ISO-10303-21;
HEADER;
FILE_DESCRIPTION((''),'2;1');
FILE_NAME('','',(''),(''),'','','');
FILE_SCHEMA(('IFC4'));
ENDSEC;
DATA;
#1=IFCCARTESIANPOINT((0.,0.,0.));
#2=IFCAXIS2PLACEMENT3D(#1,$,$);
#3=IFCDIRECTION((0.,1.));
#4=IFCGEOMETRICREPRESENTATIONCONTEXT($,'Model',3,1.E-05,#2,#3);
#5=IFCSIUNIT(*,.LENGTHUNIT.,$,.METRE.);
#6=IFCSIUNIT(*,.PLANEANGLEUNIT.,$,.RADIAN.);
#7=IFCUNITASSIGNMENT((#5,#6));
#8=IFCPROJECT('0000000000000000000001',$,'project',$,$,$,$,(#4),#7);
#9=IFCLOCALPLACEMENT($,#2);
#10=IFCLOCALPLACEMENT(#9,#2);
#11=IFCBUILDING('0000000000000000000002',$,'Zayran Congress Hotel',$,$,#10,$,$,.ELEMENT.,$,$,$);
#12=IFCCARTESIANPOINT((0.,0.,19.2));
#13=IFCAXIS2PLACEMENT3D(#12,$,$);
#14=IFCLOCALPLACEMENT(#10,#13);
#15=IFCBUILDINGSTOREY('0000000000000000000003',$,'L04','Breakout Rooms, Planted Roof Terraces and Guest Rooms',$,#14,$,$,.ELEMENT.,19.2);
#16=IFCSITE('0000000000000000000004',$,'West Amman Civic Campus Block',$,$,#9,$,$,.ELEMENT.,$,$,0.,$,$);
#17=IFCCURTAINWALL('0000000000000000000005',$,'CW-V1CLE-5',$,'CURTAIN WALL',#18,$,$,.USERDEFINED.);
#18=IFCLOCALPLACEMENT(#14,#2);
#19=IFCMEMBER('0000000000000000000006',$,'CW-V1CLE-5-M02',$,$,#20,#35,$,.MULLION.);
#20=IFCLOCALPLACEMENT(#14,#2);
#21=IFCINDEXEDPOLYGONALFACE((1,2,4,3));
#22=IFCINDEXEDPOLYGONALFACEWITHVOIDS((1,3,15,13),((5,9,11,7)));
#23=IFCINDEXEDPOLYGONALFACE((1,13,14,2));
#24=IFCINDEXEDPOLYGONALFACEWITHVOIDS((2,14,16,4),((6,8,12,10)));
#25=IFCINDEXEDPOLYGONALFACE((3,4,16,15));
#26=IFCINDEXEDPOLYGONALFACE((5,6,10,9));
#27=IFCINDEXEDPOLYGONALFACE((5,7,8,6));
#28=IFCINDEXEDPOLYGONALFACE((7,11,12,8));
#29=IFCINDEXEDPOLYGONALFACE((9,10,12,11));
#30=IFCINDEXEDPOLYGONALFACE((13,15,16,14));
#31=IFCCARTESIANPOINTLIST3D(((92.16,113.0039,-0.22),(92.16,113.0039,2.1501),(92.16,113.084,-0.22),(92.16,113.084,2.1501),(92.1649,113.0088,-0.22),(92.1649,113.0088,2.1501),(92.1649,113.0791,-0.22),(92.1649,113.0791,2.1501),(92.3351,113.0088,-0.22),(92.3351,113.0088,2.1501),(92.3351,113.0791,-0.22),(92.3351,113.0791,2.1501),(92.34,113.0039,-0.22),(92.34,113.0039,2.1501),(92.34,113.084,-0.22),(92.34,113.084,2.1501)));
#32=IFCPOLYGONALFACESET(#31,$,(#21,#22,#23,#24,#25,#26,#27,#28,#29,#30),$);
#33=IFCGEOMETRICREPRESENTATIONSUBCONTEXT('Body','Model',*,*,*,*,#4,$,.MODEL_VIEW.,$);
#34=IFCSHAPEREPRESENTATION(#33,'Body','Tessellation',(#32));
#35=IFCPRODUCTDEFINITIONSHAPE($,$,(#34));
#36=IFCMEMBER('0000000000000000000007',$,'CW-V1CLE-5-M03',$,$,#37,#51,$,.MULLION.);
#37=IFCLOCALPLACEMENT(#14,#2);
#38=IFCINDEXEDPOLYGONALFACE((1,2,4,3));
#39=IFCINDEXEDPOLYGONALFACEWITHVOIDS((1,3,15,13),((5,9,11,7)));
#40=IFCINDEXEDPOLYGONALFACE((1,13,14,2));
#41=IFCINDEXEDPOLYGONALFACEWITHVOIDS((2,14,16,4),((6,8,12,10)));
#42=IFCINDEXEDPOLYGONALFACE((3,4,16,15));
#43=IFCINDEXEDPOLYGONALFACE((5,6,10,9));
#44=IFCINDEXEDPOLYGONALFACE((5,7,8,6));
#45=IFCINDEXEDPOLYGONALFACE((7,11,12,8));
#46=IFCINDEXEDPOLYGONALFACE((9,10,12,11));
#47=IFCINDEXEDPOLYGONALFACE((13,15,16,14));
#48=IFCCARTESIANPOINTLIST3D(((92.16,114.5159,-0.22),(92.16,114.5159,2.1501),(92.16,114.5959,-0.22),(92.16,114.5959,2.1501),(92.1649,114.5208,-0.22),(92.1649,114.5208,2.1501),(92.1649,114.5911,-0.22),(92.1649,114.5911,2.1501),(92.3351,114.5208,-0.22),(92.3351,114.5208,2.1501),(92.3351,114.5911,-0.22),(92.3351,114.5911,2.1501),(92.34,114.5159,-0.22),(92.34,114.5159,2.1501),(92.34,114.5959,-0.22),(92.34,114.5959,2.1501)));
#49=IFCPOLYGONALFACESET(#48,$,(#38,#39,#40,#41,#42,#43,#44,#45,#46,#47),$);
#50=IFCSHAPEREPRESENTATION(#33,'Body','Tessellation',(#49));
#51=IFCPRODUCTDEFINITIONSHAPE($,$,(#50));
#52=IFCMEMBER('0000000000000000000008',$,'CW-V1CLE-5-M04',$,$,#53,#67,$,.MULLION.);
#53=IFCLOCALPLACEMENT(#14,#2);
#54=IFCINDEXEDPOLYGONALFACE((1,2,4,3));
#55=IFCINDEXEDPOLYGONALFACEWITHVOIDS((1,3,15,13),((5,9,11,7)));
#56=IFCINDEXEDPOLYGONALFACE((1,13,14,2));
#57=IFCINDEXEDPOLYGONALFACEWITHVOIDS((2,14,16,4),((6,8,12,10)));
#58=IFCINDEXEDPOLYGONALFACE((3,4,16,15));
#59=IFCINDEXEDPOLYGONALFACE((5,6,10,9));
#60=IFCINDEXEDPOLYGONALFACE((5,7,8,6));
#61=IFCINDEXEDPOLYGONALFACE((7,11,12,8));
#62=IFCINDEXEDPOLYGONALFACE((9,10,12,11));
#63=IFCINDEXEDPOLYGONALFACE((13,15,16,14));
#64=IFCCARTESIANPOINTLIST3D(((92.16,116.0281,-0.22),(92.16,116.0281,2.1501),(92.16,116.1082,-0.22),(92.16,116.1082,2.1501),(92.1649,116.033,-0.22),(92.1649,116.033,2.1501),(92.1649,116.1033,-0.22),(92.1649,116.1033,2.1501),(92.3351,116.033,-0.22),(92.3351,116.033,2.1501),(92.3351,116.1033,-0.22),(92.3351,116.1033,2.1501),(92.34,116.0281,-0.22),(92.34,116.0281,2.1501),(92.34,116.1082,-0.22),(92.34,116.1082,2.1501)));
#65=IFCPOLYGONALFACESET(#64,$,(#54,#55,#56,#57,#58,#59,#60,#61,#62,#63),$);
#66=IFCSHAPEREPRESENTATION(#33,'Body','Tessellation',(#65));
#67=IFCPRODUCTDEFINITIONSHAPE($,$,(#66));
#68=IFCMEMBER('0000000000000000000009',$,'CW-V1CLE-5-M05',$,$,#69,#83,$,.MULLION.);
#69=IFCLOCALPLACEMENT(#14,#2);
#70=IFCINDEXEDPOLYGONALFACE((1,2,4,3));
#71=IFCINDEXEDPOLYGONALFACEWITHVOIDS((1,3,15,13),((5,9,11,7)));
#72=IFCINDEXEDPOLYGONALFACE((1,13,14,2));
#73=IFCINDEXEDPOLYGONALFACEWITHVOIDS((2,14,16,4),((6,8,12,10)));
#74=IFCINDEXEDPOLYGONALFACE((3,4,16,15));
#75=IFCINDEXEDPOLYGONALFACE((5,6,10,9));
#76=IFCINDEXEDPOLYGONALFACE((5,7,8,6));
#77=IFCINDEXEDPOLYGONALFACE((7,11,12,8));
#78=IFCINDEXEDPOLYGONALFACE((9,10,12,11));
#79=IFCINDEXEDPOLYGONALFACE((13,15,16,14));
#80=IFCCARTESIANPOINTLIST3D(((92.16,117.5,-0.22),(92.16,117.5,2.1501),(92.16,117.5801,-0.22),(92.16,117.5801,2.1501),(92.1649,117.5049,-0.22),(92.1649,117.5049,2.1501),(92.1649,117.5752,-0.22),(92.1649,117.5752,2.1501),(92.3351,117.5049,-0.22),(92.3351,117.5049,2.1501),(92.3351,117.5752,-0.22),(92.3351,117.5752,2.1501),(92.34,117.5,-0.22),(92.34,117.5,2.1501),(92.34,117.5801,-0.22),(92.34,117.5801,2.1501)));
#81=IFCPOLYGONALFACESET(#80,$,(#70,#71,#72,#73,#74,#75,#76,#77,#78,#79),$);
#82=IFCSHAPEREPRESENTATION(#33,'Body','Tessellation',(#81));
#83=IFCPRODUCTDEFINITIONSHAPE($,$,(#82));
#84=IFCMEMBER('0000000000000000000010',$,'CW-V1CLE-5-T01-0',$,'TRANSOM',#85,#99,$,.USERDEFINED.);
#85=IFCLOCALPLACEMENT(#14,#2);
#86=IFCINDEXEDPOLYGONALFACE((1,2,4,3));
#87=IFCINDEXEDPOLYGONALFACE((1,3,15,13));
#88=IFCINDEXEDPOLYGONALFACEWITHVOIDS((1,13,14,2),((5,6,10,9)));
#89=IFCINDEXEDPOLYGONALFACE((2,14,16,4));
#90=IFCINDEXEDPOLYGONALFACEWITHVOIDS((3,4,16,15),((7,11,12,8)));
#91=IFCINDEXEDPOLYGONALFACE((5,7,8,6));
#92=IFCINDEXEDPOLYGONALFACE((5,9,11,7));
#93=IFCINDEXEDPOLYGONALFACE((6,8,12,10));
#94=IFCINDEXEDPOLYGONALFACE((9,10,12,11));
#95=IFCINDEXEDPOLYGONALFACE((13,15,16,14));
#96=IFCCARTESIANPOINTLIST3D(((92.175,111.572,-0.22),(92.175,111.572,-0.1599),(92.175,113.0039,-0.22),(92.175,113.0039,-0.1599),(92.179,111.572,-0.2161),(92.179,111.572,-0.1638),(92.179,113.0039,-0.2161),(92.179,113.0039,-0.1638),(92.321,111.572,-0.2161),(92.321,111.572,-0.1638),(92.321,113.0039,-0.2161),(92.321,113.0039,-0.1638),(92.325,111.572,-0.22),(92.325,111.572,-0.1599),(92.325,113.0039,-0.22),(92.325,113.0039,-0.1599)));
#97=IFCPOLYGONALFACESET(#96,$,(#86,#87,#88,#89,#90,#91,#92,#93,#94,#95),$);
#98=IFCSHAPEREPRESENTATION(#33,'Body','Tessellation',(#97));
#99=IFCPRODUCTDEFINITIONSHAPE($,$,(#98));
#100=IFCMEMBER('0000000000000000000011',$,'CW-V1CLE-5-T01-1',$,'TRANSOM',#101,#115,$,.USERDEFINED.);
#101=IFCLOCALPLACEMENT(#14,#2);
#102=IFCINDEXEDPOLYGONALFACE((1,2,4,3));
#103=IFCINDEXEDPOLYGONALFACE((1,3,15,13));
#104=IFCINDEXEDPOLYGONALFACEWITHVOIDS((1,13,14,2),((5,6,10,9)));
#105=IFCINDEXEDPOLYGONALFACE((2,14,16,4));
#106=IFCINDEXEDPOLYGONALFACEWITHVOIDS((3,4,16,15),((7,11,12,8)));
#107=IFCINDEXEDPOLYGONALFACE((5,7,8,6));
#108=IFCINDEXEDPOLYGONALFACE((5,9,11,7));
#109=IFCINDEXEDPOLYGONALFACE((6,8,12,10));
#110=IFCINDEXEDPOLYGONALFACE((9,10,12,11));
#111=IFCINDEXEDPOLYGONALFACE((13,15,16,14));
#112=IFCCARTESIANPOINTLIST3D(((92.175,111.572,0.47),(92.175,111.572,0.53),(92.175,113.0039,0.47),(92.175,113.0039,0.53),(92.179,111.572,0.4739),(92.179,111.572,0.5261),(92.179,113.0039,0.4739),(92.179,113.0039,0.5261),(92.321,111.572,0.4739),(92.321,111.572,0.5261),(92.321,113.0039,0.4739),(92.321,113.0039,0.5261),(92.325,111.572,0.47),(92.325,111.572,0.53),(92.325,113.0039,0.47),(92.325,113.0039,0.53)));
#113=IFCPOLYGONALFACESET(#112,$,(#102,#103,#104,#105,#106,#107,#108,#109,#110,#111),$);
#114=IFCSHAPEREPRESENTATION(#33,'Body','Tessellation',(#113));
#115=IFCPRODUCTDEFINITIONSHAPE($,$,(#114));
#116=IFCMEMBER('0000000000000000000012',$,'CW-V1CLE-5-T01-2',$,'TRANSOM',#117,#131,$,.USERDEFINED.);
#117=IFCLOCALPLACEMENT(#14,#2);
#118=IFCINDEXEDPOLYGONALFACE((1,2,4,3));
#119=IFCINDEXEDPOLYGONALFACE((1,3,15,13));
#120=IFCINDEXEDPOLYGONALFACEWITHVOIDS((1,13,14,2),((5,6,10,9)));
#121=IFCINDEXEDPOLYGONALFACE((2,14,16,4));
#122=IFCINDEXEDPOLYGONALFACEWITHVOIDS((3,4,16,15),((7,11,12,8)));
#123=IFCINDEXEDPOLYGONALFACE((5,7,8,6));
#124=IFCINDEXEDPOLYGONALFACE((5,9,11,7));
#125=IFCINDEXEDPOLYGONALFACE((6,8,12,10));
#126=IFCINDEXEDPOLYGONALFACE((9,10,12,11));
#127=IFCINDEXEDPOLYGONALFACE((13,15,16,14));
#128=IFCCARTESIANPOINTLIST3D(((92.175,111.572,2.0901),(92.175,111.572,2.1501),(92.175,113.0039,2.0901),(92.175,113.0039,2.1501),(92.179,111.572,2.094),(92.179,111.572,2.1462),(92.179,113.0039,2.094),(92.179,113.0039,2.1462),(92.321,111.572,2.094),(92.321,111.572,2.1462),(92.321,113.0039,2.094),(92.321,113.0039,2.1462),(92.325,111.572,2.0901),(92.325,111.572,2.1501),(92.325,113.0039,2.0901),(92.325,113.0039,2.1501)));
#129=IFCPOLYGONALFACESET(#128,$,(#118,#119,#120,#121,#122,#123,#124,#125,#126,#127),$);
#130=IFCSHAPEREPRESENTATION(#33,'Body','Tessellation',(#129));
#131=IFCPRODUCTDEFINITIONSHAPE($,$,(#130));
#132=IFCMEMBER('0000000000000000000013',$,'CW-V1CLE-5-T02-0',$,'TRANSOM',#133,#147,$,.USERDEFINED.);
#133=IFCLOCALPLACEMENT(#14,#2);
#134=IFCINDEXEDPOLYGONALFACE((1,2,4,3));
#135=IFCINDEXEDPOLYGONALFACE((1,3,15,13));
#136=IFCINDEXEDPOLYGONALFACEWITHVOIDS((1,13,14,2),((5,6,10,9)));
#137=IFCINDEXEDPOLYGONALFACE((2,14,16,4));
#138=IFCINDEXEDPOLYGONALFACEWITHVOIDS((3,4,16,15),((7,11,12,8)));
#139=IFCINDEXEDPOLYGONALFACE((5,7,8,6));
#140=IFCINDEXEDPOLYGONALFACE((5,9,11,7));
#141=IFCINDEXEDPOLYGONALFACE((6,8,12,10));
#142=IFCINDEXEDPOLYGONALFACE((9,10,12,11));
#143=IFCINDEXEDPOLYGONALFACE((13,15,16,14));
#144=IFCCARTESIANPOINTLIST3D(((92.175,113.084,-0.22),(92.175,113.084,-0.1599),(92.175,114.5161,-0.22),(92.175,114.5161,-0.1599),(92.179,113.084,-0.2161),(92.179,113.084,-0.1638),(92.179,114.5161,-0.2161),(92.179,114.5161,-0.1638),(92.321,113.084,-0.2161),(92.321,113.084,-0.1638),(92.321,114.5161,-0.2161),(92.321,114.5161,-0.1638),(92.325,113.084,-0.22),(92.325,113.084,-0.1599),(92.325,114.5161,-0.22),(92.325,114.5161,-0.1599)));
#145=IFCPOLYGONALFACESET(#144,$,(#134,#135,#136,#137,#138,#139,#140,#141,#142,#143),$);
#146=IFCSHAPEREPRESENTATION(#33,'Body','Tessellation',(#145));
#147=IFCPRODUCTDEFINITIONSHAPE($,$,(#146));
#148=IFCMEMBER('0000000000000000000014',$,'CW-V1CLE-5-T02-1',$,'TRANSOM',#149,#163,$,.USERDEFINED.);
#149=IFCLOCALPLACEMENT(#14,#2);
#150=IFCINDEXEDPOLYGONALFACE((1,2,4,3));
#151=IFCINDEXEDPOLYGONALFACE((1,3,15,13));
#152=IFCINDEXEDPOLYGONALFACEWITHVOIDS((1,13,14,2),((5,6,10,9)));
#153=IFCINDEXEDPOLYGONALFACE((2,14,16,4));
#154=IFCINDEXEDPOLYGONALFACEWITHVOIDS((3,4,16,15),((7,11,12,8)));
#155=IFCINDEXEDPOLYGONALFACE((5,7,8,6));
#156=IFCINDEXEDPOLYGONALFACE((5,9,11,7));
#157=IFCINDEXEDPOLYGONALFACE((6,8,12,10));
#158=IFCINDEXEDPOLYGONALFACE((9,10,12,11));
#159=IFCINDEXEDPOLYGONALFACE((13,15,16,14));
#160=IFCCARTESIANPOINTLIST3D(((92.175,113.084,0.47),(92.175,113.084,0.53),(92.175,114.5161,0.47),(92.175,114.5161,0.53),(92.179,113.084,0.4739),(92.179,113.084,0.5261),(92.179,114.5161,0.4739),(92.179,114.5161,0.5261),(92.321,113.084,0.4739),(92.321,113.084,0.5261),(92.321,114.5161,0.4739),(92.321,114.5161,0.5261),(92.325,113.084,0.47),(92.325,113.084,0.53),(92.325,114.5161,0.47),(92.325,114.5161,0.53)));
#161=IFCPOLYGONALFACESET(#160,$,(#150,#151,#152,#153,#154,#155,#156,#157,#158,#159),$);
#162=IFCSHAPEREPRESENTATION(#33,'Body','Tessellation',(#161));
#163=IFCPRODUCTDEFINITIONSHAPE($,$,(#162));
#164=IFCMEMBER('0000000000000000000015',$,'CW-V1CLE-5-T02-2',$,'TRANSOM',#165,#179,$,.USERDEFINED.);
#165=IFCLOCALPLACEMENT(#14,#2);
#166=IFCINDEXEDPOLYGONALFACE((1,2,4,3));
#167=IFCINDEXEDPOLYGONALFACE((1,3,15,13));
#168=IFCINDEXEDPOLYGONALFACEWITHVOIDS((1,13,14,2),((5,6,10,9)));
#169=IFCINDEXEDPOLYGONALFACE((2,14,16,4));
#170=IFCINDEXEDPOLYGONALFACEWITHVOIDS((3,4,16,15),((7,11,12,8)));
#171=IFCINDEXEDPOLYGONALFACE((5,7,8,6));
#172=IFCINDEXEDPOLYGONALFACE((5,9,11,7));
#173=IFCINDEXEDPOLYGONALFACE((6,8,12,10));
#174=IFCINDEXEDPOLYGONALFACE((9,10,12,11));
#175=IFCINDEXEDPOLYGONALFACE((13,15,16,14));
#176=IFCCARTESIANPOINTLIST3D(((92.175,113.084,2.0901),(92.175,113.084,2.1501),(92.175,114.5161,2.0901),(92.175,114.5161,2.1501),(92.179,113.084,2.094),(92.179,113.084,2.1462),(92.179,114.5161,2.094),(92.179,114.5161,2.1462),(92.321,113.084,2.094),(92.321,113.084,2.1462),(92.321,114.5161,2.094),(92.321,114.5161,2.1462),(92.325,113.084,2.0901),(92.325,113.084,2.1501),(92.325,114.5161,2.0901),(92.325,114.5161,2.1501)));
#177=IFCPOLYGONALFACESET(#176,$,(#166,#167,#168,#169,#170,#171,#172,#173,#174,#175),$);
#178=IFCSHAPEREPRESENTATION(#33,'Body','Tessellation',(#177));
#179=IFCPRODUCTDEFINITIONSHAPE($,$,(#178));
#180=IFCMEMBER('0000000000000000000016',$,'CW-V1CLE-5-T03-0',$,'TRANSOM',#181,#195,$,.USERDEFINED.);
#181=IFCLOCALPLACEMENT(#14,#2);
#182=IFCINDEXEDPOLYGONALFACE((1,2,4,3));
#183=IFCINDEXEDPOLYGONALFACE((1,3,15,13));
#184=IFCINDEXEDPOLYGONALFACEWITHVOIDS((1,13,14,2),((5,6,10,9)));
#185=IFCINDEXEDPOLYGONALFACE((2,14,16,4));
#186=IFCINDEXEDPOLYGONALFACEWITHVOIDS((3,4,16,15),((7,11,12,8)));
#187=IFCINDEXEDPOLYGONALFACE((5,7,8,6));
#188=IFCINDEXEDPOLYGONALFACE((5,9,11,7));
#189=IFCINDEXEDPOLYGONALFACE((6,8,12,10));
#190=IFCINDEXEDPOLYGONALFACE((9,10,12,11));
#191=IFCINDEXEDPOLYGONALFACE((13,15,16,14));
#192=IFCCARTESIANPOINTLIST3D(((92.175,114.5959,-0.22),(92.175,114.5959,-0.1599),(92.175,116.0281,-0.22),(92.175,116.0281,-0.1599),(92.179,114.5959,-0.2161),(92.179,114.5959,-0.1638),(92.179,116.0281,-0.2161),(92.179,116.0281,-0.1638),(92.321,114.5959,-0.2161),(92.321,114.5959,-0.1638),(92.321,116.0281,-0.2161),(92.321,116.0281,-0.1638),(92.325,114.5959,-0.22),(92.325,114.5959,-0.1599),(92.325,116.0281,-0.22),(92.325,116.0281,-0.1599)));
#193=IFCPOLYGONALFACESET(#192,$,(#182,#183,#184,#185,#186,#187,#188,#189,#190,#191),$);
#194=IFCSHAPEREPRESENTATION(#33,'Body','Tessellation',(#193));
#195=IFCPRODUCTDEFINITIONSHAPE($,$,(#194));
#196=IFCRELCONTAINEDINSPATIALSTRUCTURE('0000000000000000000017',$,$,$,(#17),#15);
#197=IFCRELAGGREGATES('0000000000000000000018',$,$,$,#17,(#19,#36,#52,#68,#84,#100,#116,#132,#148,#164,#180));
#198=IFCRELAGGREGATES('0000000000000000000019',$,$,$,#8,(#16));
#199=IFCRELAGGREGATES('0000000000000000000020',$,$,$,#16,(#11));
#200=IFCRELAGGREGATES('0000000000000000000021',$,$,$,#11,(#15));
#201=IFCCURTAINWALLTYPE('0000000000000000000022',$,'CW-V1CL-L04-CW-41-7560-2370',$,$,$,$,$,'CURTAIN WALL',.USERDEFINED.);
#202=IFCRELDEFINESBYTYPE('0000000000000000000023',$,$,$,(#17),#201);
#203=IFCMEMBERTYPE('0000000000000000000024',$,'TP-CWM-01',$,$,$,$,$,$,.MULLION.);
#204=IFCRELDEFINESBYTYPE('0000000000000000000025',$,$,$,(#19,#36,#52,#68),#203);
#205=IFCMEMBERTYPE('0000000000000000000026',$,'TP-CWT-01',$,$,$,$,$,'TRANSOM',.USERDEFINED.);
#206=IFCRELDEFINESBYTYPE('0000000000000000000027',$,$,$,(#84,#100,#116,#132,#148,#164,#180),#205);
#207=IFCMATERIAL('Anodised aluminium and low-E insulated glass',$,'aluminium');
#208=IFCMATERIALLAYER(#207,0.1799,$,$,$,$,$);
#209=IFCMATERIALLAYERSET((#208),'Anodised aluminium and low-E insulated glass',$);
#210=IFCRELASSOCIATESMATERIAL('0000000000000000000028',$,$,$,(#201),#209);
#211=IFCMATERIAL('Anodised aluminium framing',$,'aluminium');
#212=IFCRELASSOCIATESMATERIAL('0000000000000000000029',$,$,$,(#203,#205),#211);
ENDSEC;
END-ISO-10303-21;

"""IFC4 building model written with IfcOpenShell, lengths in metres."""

from ifc_helpers import new_model, si_unit, direction, frame, origin, origin_2d, place, context, subcontext, project, spatial, hollow_rectangle, extrude, material, layer, layer_set, material_profile, profile_set, type_object, element, aggregate, save


model = new_model("IFC4")

# Units and contexts
model_context = context("Model", 3, precision=1e-05, world=origin(), true_north=direction((0.0, 1.0)))
body_context = subcontext(model_context, "Body", "Model", "MODEL_VIEW")
ifc_project = project(units=[si_unit("LENGTHUNIT", "METRE"), si_unit("PLANEANGLEUNIT", "RADIAN")], contexts=[model_context])

# Site, building, storey
site_placement = place(None, origin())
site = spatial("IfcSite", under=ifc_project, at=site_placement, Name="West Amman Civic Campus Block", CompositionType="ELEMENT", RefElevation=0.0)
building_placement = place(site_placement, origin())
building = spatial("IfcBuilding", under=site, at=building_placement, Name="Zayran Congress Hotel", CompositionType="ELEMENT")
storey_placement = place(building_placement, frame((0.0, 0.0, 19.2)))
storey = spatial("IfcBuildingStorey", under=building, at=storey_placement, Name="L04", Description="Breakout Rooms, Planted Roof Terraces and Guest Rooms", CompositionType="ELEMENT", Elevation=19.2)

# Curtain wall, members
ifc_material_1 = material(Name="Anodised aluminium and low-E insulated glass", Category="aluminium")
ifc_layer_1 = layer(ifc_material_1, 0.1799)
ifc_layer_set_1 = layer_set([ifc_layer_1], Name="Anodised aluminium and low-E insulated glass")
curtain_wall_type = type_object("IfcCurtainWallType", Name="CW-V1CL-L04-CW-41-7560-2370", ElementType="CURTAIN WALL", PredefinedType="USERDEFINED", material=ifc_layer_set_1)
curtain_wall_placement = place(storey_placement, origin())
curtain_wall = element("IfcCurtainWall", 1, at=curtain_wall_placement, inside=storey, type_object=curtain_wall_type, Name="CW-V1CLE-5", ObjectType="CURTAIN WALL", PredefinedType="USERDEFINED")
ifc_material_2 = material(Name="Anodised aluminium framing", Category="aluminium")
ifc_material_profile_1 = material_profile(ifc_material_2, hollow_rectangle(XDim=0.0801, YDim=0.1799, WallThickness=0.0049, at=origin_2d()), Name="RHS 180x80x5")
ifc_profile_set_1 = profile_set([ifc_material_profile_1], Name="Anodised aluminium framing")
member_type_1 = type_object("IfcMemberType", Name="TP-CWM-01", PredefinedType="MULLION", material=ifc_profile_set_1)
member_1_placement = place(storey_placement, frame((92.25, 113.0439, -0.22), z_axis=(0.0, 0.0, 1.0), x_axis=(0.0, 1.0, 0.0)))
member_1 = element("IfcMember", 2, at=member_1_placement, type_object=member_type_1, Name="CW-V1CLE-5-M02", PredefinedType="MULLION", context=body_context, shape_type="SweptSolid", body=[
    extrude(hollow_rectangle(XDim=0.0801, YDim=0.1799, WallThickness=0.0049, at=origin_2d()), origin(), (0.0, 0.0, 1.0), 2.3701),
])
member_2_placement = place(storey_placement, frame((92.25, 114.5559, -0.22), z_axis=(0.0, 0.0, 1.0), x_axis=(0.0, 1.0, 0.0)))
member_2 = element("IfcMember", 3, at=member_2_placement, type_object=member_type_1, Name="CW-V1CLE-5-M03", PredefinedType="MULLION", context=body_context, shape_type="SweptSolid", body=[
    extrude(hollow_rectangle(XDim=0.0801, YDim=0.1799, WallThickness=0.0049, at=origin_2d()), origin(), (0.0, 0.0, 1.0), 2.3701),
])
member_3_placement = place(storey_placement, frame((92.25, 116.0681, -0.22), z_axis=(0.0, 0.0, 1.0), x_axis=(0.0, 1.0, 0.0)))
member_3 = element("IfcMember", 4, at=member_3_placement, type_object=member_type_1, Name="CW-V1CLE-5-M04", PredefinedType="MULLION", context=body_context, shape_type="SweptSolid", body=[
    extrude(hollow_rectangle(XDim=0.0801, YDim=0.1799, WallThickness=0.0049, at=origin_2d()), origin(), (0.0, 0.0, 1.0), 2.3701),
])
member_4_placement = place(storey_placement, frame((92.25, 117.54, -0.22), z_axis=(0.0, 0.0, 1.0), x_axis=(0.0, 1.0, 0.0)))
member_4 = element("IfcMember", 5, at=member_4_placement, type_object=member_type_1, Name="CW-V1CLE-5-M05", PredefinedType="MULLION", context=body_context, shape_type="SweptSolid", body=[
    extrude(hollow_rectangle(XDim=0.0801, YDim=0.1799, WallThickness=0.0049, at=origin_2d()), origin(), (0.0, 0.0, 1.0), 2.3701),
])
ifc_material_profile_2 = material_profile(ifc_material_2, hollow_rectangle(XDim=0.0601, YDim=0.1499, WallThickness=0.0039, at=origin_2d()), Name="RHS 150x60x4")
ifc_profile_set_2 = profile_set([ifc_material_profile_2], Name="Anodised aluminium framing")
member_type_2 = type_object("IfcMemberType", Name="TP-CWT-01", ElementType="TRANSOM", PredefinedType="USERDEFINED", material=ifc_profile_set_2)
member_5_placement = place(storey_placement, frame((92.25, 111.572, -0.1899), z_axis=(0.0, 1.0, 0.0), x_axis=(0.0, 0.0, 1.0)))
member_5 = element("IfcMember", 6, at=member_5_placement, type_object=member_type_2, Name="CW-V1CLE-5-T01-0", ObjectType="TRANSOM", PredefinedType="USERDEFINED", context=body_context, shape_type="SweptSolid", body=[
    extrude(hollow_rectangle(XDim=0.0601, YDim=0.1499, WallThickness=0.0039, at=origin_2d()), origin(), (0.0, 0.0, 1.0), 1.4319),
])
member_6_placement = place(storey_placement, frame((92.25, 111.572, 0.5), z_axis=(0.0, 1.0, 0.0), x_axis=(0.0, 0.0, 1.0)))
member_6 = element("IfcMember", 7, at=member_6_placement, type_object=member_type_2, Name="CW-V1CLE-5-T01-1", ObjectType="TRANSOM", PredefinedType="USERDEFINED", context=body_context, shape_type="SweptSolid", body=[
    extrude(hollow_rectangle(XDim=0.0601, YDim=0.1499, WallThickness=0.0039, at=origin_2d()), origin(), (0.0, 0.0, 1.0), 1.4319),
])
member_7_placement = place(storey_placement, frame((92.25, 111.572, 2.1201), z_axis=(0.0, 1.0, 0.0), x_axis=(0.0, 0.0, 1.0)))
member_7 = element("IfcMember", 8, at=member_7_placement, type_object=member_type_2, Name="CW-V1CLE-5-T01-2", ObjectType="TRANSOM", PredefinedType="USERDEFINED", context=body_context, shape_type="SweptSolid", body=[
    extrude(hollow_rectangle(XDim=0.0601, YDim=0.1499, WallThickness=0.0039, at=origin_2d()), origin(), (0.0, 0.0, 1.0), 1.4319),
])
member_8_placement = place(storey_placement, frame((92.25, 113.084, -0.1899), z_axis=(0.0, 1.0, 0.0), x_axis=(0.0, 0.0, 1.0)))
member_8 = element("IfcMember", 9, at=member_8_placement, type_object=member_type_2, Name="CW-V1CLE-5-T02-0", ObjectType="TRANSOM", PredefinedType="USERDEFINED", context=body_context, shape_type="SweptSolid", body=[
    extrude(hollow_rectangle(XDim=0.0601, YDim=0.1499, WallThickness=0.0039, at=origin_2d()), origin(), (0.0, 0.0, 1.0), 1.4321),
])
member_9_placement = place(storey_placement, frame((92.25, 113.084, 0.5), z_axis=(0.0, 1.0, 0.0), x_axis=(0.0, 0.0, 1.0)))
member_9 = element("IfcMember", 10, at=member_9_placement, type_object=member_type_2, Name="CW-V1CLE-5-T02-1", ObjectType="TRANSOM", PredefinedType="USERDEFINED", context=body_context, shape_type="SweptSolid", body=[
    extrude(hollow_rectangle(XDim=0.0601, YDim=0.1499, WallThickness=0.0039, at=origin_2d()), origin(), (0.0, 0.0, 1.0), 1.4321),
])
member_10_placement = place(storey_placement, frame((92.25, 113.084, 2.1201), z_axis=(0.0, 1.0, 0.0), x_axis=(0.0, 0.0, 1.0)))
member_10 = element("IfcMember", 11, at=member_10_placement, type_object=member_type_2, Name="CW-V1CLE-5-T02-2", ObjectType="TRANSOM", PredefinedType="USERDEFINED", context=body_context, shape_type="SweptSolid", body=[
    extrude(hollow_rectangle(XDim=0.0601, YDim=0.1499, WallThickness=0.0039, at=origin_2d()), origin(), (0.0, 0.0, 1.0), 1.4321),
])
member_11_placement = place(storey_placement, frame((92.25, 114.5959, -0.1899), z_axis=(0.0, 1.0, 0.0), x_axis=(0.0, 0.0, 1.0)))
member_11 = element("IfcMember", 12, at=member_11_placement, type_object=member_type_2, Name="CW-V1CLE-5-T03-0", ObjectType="TRANSOM", PredefinedType="USERDEFINED", context=body_context, shape_type="SweptSolid", body=[
    extrude(hollow_rectangle(XDim=0.0601, YDim=0.1499, WallThickness=0.0039, at=origin_2d()), origin(), (0.0, 0.0, 1.0), 1.4321),
])
aggregate(curtain_wall, [member_1, member_2, member_3, member_4, member_5, member_6, member_7, member_8, member_9, member_10, member_11])

save(model, "model.ifc")
